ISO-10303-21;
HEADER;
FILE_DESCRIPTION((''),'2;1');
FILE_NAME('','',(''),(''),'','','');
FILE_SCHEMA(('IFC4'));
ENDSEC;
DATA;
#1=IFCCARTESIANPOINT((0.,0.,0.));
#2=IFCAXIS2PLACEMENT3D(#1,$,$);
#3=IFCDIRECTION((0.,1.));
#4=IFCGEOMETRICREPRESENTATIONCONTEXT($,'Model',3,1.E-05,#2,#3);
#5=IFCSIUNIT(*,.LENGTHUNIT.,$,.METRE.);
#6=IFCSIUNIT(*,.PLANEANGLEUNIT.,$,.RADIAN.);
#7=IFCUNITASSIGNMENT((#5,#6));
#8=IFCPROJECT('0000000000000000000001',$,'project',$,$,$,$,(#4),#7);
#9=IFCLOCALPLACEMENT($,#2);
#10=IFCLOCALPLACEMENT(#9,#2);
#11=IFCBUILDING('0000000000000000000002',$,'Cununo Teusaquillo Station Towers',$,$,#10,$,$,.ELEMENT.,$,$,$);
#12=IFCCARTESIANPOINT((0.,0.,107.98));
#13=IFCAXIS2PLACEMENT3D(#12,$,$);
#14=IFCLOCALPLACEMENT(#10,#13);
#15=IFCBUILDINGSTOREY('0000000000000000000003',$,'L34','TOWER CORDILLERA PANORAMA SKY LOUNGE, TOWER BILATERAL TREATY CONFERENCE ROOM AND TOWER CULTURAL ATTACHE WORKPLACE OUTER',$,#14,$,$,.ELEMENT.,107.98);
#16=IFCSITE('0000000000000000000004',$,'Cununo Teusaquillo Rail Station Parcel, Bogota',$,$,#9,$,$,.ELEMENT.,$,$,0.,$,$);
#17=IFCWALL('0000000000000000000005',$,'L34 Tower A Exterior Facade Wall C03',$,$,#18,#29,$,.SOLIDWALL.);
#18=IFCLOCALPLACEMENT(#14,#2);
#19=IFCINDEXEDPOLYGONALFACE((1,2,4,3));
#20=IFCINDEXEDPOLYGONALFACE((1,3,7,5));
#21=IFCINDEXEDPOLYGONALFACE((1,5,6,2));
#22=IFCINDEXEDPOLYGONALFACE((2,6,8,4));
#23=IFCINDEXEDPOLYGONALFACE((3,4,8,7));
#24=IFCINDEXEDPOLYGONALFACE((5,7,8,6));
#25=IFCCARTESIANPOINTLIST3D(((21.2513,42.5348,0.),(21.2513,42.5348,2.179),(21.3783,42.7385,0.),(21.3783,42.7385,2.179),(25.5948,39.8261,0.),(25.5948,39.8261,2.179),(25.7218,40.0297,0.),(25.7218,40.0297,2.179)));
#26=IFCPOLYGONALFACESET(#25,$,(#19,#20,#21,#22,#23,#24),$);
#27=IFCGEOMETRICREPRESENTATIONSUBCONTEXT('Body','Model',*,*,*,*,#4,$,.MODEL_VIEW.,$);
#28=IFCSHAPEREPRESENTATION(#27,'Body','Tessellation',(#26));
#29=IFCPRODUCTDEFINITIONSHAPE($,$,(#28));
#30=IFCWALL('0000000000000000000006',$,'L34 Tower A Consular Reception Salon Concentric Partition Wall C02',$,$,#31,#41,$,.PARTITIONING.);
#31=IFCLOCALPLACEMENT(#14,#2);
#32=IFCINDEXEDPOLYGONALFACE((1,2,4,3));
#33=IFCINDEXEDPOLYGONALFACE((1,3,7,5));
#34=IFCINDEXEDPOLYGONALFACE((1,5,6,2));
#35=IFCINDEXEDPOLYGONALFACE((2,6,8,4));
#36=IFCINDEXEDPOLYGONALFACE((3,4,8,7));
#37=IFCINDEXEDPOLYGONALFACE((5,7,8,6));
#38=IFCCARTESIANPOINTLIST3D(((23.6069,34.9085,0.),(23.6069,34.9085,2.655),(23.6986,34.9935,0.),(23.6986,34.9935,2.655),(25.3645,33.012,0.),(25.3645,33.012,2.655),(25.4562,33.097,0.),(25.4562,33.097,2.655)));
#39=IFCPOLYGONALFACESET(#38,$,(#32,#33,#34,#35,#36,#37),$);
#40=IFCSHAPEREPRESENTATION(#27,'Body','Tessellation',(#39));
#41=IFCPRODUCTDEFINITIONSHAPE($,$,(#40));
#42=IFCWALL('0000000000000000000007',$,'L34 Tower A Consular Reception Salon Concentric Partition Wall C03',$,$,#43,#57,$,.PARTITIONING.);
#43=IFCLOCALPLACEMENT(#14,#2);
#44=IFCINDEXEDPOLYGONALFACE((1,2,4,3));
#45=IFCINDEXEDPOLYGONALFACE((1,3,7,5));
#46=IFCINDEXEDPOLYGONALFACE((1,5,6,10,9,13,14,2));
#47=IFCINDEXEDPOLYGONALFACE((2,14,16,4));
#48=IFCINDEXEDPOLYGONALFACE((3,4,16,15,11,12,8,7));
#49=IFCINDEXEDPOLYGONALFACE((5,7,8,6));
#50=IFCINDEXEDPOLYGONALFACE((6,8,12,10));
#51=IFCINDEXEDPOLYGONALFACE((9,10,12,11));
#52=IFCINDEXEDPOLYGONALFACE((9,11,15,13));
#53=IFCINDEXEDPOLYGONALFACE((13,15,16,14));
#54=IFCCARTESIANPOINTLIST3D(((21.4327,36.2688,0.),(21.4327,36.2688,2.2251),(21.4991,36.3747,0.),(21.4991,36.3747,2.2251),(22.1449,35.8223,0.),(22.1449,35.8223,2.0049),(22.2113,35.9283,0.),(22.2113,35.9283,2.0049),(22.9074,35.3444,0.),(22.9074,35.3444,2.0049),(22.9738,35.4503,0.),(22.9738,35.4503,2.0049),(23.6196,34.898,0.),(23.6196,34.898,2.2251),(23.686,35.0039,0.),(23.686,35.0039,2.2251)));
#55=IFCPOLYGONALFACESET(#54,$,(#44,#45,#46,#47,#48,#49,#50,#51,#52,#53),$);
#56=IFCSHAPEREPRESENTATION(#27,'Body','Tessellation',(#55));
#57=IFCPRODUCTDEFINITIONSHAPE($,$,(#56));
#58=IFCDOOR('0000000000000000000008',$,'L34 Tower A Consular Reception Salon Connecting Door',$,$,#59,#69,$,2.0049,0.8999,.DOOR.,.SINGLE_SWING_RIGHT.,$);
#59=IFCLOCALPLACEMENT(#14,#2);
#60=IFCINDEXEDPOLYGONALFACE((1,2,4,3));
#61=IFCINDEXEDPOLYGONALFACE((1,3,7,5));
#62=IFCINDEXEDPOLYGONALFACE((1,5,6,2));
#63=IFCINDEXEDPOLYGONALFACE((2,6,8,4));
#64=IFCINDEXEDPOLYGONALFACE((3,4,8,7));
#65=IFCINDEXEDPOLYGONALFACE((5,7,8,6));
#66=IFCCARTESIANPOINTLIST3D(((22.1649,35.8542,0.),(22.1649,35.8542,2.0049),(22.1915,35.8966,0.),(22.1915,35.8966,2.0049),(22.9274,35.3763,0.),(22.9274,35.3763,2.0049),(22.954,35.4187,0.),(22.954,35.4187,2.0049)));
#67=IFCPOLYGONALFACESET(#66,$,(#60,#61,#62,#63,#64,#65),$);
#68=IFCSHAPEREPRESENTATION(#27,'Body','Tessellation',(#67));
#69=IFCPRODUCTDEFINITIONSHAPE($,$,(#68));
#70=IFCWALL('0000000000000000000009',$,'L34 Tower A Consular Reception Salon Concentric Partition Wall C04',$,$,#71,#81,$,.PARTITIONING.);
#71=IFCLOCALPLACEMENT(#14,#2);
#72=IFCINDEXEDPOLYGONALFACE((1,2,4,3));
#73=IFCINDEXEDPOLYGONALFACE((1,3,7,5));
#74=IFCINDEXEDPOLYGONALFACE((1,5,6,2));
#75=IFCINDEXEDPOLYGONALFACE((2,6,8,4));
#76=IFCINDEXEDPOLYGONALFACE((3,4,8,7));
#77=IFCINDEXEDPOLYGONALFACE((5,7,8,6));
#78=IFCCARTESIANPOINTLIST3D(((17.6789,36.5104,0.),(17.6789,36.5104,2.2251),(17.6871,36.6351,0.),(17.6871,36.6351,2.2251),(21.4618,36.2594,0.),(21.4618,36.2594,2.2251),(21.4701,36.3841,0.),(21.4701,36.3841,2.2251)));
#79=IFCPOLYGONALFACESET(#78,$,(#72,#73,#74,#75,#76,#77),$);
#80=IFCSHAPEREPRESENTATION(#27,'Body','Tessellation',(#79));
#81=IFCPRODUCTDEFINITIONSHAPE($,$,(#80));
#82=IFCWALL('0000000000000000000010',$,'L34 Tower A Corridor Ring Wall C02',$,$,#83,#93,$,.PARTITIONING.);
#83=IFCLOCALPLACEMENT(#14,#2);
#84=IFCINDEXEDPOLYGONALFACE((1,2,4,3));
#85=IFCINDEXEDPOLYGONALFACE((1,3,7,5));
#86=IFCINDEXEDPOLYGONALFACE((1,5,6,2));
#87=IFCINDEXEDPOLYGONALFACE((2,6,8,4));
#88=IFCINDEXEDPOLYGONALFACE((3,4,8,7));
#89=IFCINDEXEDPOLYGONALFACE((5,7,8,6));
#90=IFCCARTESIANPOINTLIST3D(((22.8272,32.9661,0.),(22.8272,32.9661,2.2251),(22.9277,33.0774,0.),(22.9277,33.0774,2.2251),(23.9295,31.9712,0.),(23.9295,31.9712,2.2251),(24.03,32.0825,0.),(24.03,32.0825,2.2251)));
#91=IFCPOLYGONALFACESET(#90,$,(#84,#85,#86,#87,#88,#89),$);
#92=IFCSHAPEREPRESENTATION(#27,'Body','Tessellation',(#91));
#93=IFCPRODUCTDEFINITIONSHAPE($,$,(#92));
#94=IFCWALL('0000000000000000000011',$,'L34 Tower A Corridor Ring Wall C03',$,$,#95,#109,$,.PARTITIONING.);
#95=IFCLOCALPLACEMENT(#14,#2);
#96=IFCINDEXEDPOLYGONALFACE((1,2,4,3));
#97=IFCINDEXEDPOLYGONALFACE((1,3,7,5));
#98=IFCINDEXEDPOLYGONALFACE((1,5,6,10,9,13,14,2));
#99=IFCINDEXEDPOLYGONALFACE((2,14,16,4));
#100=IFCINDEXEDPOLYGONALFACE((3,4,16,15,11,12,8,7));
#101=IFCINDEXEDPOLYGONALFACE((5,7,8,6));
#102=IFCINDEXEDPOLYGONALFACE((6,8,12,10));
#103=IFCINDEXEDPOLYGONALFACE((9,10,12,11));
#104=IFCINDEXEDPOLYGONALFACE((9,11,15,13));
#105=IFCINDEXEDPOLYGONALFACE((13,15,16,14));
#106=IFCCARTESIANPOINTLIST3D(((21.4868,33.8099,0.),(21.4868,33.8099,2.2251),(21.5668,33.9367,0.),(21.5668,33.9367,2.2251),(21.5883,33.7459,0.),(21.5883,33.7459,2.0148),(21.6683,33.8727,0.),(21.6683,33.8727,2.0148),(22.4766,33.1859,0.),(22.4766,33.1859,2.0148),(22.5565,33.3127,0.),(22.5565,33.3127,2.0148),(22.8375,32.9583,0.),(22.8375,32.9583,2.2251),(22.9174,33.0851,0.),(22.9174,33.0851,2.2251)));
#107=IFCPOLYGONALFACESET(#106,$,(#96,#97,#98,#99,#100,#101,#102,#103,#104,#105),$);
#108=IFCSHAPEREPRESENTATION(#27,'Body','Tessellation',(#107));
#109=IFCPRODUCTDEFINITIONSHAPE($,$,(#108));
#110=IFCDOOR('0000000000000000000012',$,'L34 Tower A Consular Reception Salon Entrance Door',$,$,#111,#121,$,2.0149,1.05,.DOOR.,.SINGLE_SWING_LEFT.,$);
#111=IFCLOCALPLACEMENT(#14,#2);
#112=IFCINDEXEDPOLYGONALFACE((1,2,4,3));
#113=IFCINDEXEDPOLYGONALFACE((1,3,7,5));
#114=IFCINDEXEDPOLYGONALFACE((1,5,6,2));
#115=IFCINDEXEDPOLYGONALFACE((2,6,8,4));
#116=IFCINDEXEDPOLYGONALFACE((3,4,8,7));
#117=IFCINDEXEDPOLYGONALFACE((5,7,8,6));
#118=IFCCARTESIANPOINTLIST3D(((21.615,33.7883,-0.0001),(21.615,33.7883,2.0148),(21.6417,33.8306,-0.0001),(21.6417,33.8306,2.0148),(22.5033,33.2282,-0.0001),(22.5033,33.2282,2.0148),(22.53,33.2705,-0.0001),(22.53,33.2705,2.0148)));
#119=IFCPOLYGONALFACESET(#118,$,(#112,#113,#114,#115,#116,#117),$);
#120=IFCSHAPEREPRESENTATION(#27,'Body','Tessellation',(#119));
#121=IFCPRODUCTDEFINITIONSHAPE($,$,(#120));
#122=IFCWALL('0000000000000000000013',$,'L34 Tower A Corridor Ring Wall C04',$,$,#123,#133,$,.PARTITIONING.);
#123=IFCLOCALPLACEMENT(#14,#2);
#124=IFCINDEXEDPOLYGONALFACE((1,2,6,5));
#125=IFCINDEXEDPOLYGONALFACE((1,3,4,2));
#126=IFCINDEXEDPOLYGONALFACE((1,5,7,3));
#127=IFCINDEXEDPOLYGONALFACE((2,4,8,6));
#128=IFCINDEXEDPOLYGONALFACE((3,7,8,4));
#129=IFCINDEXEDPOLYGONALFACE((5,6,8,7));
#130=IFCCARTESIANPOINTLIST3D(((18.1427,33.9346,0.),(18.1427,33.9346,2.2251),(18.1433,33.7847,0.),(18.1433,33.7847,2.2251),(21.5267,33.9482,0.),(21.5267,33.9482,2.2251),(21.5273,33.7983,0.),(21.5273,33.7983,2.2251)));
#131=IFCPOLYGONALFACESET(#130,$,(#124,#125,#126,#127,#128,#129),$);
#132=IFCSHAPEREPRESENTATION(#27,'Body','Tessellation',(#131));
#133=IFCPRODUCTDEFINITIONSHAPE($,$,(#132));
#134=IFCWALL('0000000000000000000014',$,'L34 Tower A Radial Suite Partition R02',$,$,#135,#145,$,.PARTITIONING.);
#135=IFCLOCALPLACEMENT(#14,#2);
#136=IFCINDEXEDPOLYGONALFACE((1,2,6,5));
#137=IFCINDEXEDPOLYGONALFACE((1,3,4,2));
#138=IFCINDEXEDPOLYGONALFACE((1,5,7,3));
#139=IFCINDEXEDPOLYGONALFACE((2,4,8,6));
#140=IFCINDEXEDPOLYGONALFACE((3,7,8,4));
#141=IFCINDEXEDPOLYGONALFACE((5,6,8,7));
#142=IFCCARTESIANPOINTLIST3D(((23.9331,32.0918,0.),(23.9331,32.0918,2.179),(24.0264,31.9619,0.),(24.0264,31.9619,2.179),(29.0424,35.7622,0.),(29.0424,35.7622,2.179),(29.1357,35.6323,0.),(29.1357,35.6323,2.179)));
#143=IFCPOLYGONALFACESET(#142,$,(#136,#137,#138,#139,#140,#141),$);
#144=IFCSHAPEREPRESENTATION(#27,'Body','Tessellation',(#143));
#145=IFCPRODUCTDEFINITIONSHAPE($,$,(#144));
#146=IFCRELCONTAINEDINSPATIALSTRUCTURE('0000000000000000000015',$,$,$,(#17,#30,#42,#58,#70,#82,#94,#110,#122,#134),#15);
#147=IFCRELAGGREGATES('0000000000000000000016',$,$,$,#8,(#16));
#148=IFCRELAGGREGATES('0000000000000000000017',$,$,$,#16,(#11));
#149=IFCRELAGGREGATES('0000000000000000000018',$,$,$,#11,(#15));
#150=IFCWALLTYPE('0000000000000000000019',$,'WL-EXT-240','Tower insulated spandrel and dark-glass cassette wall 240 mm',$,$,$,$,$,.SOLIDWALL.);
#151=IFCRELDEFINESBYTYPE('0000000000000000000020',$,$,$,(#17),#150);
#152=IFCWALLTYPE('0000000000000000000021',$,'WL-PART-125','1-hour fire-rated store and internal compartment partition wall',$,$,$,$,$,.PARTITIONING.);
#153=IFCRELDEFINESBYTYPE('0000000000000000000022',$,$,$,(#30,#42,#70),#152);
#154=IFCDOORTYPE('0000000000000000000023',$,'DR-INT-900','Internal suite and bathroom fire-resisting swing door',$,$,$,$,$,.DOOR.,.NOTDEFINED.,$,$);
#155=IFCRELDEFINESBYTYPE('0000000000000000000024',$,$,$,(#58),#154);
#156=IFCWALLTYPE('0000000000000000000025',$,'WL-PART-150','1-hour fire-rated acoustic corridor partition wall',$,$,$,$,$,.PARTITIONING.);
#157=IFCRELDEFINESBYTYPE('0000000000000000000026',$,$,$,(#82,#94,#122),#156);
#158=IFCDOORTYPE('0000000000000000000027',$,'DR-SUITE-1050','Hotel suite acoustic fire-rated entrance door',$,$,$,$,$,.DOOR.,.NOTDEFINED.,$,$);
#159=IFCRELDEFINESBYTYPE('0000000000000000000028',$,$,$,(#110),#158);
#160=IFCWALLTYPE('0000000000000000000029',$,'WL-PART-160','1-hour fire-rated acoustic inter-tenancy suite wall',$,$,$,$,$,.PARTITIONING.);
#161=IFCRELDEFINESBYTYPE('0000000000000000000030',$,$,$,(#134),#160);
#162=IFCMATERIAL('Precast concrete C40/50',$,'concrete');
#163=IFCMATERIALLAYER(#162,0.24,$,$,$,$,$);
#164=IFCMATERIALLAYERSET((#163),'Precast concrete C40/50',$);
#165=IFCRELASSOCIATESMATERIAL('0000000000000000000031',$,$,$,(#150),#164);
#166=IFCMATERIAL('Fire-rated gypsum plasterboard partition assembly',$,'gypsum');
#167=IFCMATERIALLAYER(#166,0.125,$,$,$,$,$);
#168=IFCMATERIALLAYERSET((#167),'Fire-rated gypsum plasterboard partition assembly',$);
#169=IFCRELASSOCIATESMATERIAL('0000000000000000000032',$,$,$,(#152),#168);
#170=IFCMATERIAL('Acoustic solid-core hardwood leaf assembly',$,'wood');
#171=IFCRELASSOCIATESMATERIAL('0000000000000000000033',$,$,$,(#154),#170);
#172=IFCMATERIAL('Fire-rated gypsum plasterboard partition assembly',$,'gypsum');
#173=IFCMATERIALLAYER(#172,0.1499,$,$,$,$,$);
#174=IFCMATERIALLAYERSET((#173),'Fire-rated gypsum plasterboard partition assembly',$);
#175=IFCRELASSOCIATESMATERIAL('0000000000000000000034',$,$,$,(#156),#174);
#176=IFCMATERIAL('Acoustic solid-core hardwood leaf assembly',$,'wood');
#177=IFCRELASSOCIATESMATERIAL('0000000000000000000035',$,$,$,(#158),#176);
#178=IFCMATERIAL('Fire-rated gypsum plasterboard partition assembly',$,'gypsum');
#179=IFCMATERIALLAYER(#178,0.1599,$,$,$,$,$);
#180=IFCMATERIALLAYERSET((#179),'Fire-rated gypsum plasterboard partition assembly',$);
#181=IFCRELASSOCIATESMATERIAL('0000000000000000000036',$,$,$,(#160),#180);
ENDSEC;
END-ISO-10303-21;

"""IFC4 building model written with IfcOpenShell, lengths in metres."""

from ifc_helpers import new_model, si_unit, direction, frame, frame_2d, origin, place, context, subcontext, project, spatial, rectangle, extrude, source, transform, mapped, material, layer, layer_set, type_object, element, fill, save


model = new_model("IFC4")

# Units and contexts
model_context = context("Model", 3, precision=1e-05, world=origin(), true_north=direction((0.0, 1.0)))
body_context = subcontext(model_context, "Body", "Model", "MODEL_VIEW")
ifc_project = project(units=[si_unit("LENGTHUNIT", "METRE"), si_unit("PLANEANGLEUNIT", "RADIAN")], contexts=[model_context])

# Site, building, storey
site_placement = place(None, origin())
site = spatial("IfcSite", under=ifc_project, at=site_placement, Name="Cununo Teusaquillo Rail Station Parcel, Bogota", CompositionType="ELEMENT", RefElevation=0.0)
building_placement = place(site_placement, origin())
building = spatial("IfcBuilding", under=site, at=building_placement, Name="Cununo Teusaquillo Station Towers", CompositionType="ELEMENT")
storey_placement = place(building_placement, frame((0.0, 0.0, 107.98)))
storey = spatial("IfcBuildingStorey", under=building, at=storey_placement, Name="L34", Description="TOWER CORDILLERA PANORAMA SKY LOUNGE, TOWER BILATERAL TREATY CONFERENCE ROOM AND TOWER CULTURAL ATTACHE WORKPLACE OUTER", CompositionType="ELEMENT", Elevation=107.98)

# Shared definitions
ifc_material_1 = material(Name="Precast concrete C40/50", Category="concrete")
ifc_layer_1 = layer(ifc_material_1, 0.24)
ifc_layer_set_1 = layer_set([ifc_layer_1], Name="Precast concrete C40/50")
wall_type_1 = type_object("IfcWallType", Name="WL-EXT-240", Description="Tower insulated spandrel and dark-glass cassette wall 240 mm", PredefinedType="SOLIDWALL", material=ifc_layer_set_1)

# Walls
wall_1_placement = place(storey_placement, frame((21.3147, 42.6367, 0.0), z_axis=(0.0, 0.0, 1.0), x_axis=(0.84852, -0.529163, 0.0)))
element("IfcWall", 1, at=wall_1_placement, inside=storey, type_object=wall_type_1, Name="L34 Tower A Exterior Facade Wall C03", PredefinedType="SOLIDWALL", context=body_context, shape_type="SweptSolid", body=[
    extrude(rectangle(XDim=5.1189, YDim=0.24, at=frame_2d((2.5596, 0.0))), origin(), (0.0, 0.0, 1.0), 2.179),
])
ifc_material_2 = material(Name="Fire-rated gypsum plasterboard partition assembly", Category="gypsum")
ifc_layer_2 = layer(ifc_material_2, 0.125)
ifc_layer_set_2 = layer_set([ifc_layer_2], Name="Fire-rated gypsum plasterboard partition assembly")
wall_type_2 = type_object("IfcWallType", Name="WL-PART-125", Description="1-hour fire-rated store and internal compartment partition wall", PredefinedType="PARTITIONING", material=ifc_layer_set_2)
wall_2_placement = place(storey_placement, frame((25.4104, 33.0544, 0.0), z_axis=(0.0, 0.0, 1.0), x_axis=(-0.679734, 0.733459, 0.0)))
element("IfcWall", 2, at=wall_2_placement, inside=storey, type_object=wall_type_2, Name="L34 Tower A Consular Reception Salon Concentric Partition Wall C02", PredefinedType="PARTITIONING", context=body_context, shape_type="SweptSolid", body=[
    extrude(rectangle(XDim=2.5857, YDim=0.125, at=frame_2d((1.293, 0.0))), origin(), (0.0, 0.0, 1.0), 2.655),
])

# Wall, opening, door
wall_3_placement = place(storey_placement, frame((23.6528, 34.9509, 0.0), z_axis=(0.0, 0.0, 1.0), x_axis=(-0.847307, 0.531104, 0.0)))
wall_3 = element("IfcWall", 3, at=wall_3_placement, inside=storey, type_object=wall_type_2, Name="L34 Tower A Consular Reception Salon Concentric Partition Wall C03", PredefinedType="PARTITIONING", context=body_context, shape_type="SweptSolid", body=[
    extrude(rectangle(XDim=2.5811, YDim=0.125, at=frame_2d((1.2905, 0.0))), origin(), (0.0, 0.0, 1.0), 2.2251),
])
shared_shape_1 = source(origin(), body_context, "Body", "SweptSolid", [
    extrude(rectangle(XDim=0.8999, YDim=2.0049, at=frame_2d((0.45, 1.0024))), frame((0.0, 0.0725, 0.0), z_axis=(0.0, -1.0, 0.0), x_axis=(1.0, 0.0, 0.0)), (0.0, 0.0, 1.0), 0.145),
])
opening_1_placement = place(wall_3_placement, frame((0.8406, 0.0, 0.0)))
opening_1 = element("IfcOpeningElement", 4, at=opening_1_placement, cuts=wall_3, PredefinedType="OPENING", context=body_context, shape_type="MappedRepresentation", body=[
    mapped(shared_shape_1, transform((0.0, 0.0, 0.0), x_axis=(1.0, 0.0, 0.0), y_axis=(0.0, 1.0, 0.0), z_axis=(0.0, 0.0, 1.0), scale=1.0)),
])
ifc_material_3 = material(Name="Acoustic solid-core hardwood leaf assembly", Category="wood")
door_type_1 = type_object("IfcDoorType", Name="DR-INT-900", Description="Internal suite and bathroom fire-resisting swing door", OperationType="NOTDEFINED", PredefinedType="DOOR", material=ifc_material_3)
shared_shape_2 = source(origin(), body_context, "Body", "SweptSolid", [
    extrude(rectangle(XDim=0.8999, YDim=2.0049, at=frame_2d((0.45, 1.0024))), frame((0.0, 0.0249, 0.0), z_axis=(0.0, -1.0, 0.0), x_axis=(1.0, 0.0, 0.0)), (0.0, 0.0, 1.0), 0.05),
])
door_1_placement = place(opening_1_placement, origin())
door_1 = element("IfcDoor", 5, at=door_1_placement, inside=storey, type_object=door_type_1, Name="L34 Tower A Consular Reception Salon Connecting Door", OperationType="SINGLE_SWING_RIGHT", OverallHeight=2.0049, OverallWidth=0.8999, PredefinedType="DOOR", context=body_context, shape_type="MappedRepresentation", body=[
    mapped(shared_shape_2, transform((0.0, 0.0, 0.0), x_axis=(1.0, 0.0, 0.0), y_axis=(0.0, 1.0, 0.0), z_axis=(0.0, 0.0, 1.0), scale=1.0)),
])
fill(opening_1, door_1)

# Walls
wall_4_placement = place(storey_placement, frame((21.4658, 36.3218, 0.0), z_axis=(0.0, 0.0, 1.0), x_axis=(-0.997806, 0.066198, 0.0)))
element("IfcWall", 6, at=wall_4_placement, inside=storey, type_object=wall_type_2, Name="L34 Tower A Consular Reception Salon Concentric Partition Wall C04", PredefinedType="PARTITIONING", context=body_context, shape_type="SweptSolid", body=[
    extrude(rectangle(XDim=3.7913, YDim=0.125, at=frame_2d((1.8955, 0.0))), origin(), (0.0, 0.0, 1.0), 2.2251),
])
ifc_material_4 = material(Name="Fire-rated gypsum plasterboard partition assembly", Category="gypsum")
ifc_layer_3 = layer(ifc_material_4, 0.1499)
ifc_layer_set_3 = layer_set([ifc_layer_3], Name="Fire-rated gypsum plasterboard partition assembly")
wall_type_3 = type_object("IfcWallType", Name="WL-PART-150", Description="1-hour fire-rated acoustic corridor partition wall", PredefinedType="PARTITIONING", material=ifc_layer_set_3)
wall_5_placement = place(storey_placement, frame((23.9797, 32.0269, 0.0), z_axis=(0.0, 0.0, 1.0), x_axis=(-0.742353, 0.670009, 0.0)))
element("IfcWall", 7, at=wall_5_placement, inside=storey, type_object=wall_type_3, Name="L34 Tower A Corridor Ring Wall C02", PredefinedType="PARTITIONING", context=body_context, shape_type="SweptSolid", body=[
    extrude(rectangle(XDim=1.4849, YDim=0.1499, at=frame_2d((0.7424, 0.0))), origin(), (0.0, 0.0, 1.0), 2.2251),
])

# Wall, opening, door
wall_6_placement = place(storey_placement, frame((22.8774, 33.0217, 0.0), z_axis=(0.0, 0.0, 1.0), x_axis=(-0.845896, 0.533348, 0.0)))
wall_6 = element("IfcWall", 8, at=wall_6_placement, inside=storey, type_object=wall_type_3, Name="L34 Tower A Corridor Ring Wall C03", PredefinedType="PARTITIONING", context=body_context, shape_type="SweptSolid", body=[
    extrude(rectangle(XDim=1.5967, YDim=0.1499, at=frame_2d((0.7983, 0.0))), origin(), (0.0, 0.0, 1.0), 2.2251),
])
shared_shape_3 = source(origin(), body_context, "Body", "SweptSolid", [
    extrude(rectangle(XDim=1.05, YDim=2.0149, at=frame_2d((0.5249, 1.0073))), frame((0.0, 0.085, 0.0), z_axis=(0.0, -1.0, 0.0), x_axis=(1.0, 0.0, 0.0)), (0.0, 0.0, 1.0), 0.1699),
])
opening_2_placement = place(wall_6_placement, frame((0.4268, 0.0, 0.0)))
opening_2 = element("IfcOpeningElement", 9, at=opening_2_placement, cuts=wall_6, PredefinedType="OPENING", context=body_context, shape_type="MappedRepresentation", body=[
    mapped(shared_shape_3, transform((0.0, 0.0, 0.0), x_axis=(1.0, 0.0, 0.0), y_axis=(0.0, 1.0, 0.0), z_axis=(0.0, 0.0, 1.0), scale=1.0)),
])
ifc_material_5 = material(Name="Acoustic solid-core hardwood leaf assembly", Category="wood")
door_type_2 = type_object("IfcDoorType", Name="DR-SUITE-1050", Description="Hotel suite acoustic fire-rated entrance door", OperationType="NOTDEFINED", PredefinedType="DOOR", material=ifc_material_5)
shared_shape_4 = source(origin(), body_context, "Body", "SweptSolid", [
    extrude(rectangle(XDim=1.05, YDim=2.0149, at=frame_2d((0.5249, 1.0073))), frame((0.0, 0.0249, 0.0), z_axis=(0.0, -1.0, 0.0), x_axis=(1.0, 0.0, 0.0)), (0.0, 0.0, 1.0), 0.05),
])
door_2_placement = place(opening_2_placement, origin())
door_2 = element("IfcDoor", 10, at=door_2_placement, inside=storey, type_object=door_type_2, Name="L34 Tower A Consular Reception Salon Entrance Door", OperationType="SINGLE_SWING_LEFT", OverallHeight=2.0149, OverallWidth=1.05, PredefinedType="DOOR", context=body_context, shape_type="MappedRepresentation", body=[
    mapped(shared_shape_4, transform((0.0, 0.0, 0.0), x_axis=(1.0, 0.0, 0.0), y_axis=(0.0, 1.0, 0.0), z_axis=(0.0, 0.0, 1.0), scale=1.0)),
])
fill(opening_2, door_2)

# Walls
wall_7_placement = place(storey_placement, frame((21.5269, 33.8733, 0.0), z_axis=(0.0, 0.0, 1.0), x_axis=(-0.999992, -0.00404, 0.0)))
element("IfcWall", 11, at=wall_7_placement, inside=storey, type_object=wall_type_3, Name="L34 Tower A Corridor Ring Wall C04", PredefinedType="PARTITIONING", context=body_context, shape_type="SweptSolid", body=[
    extrude(rectangle(XDim=3.384, YDim=0.1499, at=frame_2d((1.6919, 0.0))), origin(), (0.0, 0.0, 1.0), 2.2251),
])
ifc_material_6 = material(Name="Fire-rated gypsum plasterboard partition assembly", Category="gypsum")
ifc_layer_4 = layer(ifc_material_6, 0.1599)
ifc_layer_set_4 = layer_set([ifc_layer_4], Name="Fire-rated gypsum plasterboard partition assembly")
wall_type_4 = type_object("IfcWallType", Name="WL-PART-160", Description="1-hour fire-rated acoustic inter-tenancy suite wall", PredefinedType="PARTITIONING", material=ifc_layer_set_4)
wall_8_placement = place(storey_placement, frame((23.9797, 32.0269, 0.0), z_axis=(0.0, 0.0, 1.0), x_axis=(0.812162, 0.583431, 0.0)))
element("IfcWall", 12, at=wall_8_placement, inside=storey, type_object=wall_type_4, Name="L34 Tower A Radial Suite Partition R02", PredefinedType="PARTITIONING", context=body_context, shape_type="SweptSolid", body=[
    extrude(rectangle(XDim=6.291, YDim=0.1599, at=frame_2d((3.1455, 0.0))), origin(), (0.0, 0.0, 1.0), 2.179),
])

save(model, "model.ifc")
